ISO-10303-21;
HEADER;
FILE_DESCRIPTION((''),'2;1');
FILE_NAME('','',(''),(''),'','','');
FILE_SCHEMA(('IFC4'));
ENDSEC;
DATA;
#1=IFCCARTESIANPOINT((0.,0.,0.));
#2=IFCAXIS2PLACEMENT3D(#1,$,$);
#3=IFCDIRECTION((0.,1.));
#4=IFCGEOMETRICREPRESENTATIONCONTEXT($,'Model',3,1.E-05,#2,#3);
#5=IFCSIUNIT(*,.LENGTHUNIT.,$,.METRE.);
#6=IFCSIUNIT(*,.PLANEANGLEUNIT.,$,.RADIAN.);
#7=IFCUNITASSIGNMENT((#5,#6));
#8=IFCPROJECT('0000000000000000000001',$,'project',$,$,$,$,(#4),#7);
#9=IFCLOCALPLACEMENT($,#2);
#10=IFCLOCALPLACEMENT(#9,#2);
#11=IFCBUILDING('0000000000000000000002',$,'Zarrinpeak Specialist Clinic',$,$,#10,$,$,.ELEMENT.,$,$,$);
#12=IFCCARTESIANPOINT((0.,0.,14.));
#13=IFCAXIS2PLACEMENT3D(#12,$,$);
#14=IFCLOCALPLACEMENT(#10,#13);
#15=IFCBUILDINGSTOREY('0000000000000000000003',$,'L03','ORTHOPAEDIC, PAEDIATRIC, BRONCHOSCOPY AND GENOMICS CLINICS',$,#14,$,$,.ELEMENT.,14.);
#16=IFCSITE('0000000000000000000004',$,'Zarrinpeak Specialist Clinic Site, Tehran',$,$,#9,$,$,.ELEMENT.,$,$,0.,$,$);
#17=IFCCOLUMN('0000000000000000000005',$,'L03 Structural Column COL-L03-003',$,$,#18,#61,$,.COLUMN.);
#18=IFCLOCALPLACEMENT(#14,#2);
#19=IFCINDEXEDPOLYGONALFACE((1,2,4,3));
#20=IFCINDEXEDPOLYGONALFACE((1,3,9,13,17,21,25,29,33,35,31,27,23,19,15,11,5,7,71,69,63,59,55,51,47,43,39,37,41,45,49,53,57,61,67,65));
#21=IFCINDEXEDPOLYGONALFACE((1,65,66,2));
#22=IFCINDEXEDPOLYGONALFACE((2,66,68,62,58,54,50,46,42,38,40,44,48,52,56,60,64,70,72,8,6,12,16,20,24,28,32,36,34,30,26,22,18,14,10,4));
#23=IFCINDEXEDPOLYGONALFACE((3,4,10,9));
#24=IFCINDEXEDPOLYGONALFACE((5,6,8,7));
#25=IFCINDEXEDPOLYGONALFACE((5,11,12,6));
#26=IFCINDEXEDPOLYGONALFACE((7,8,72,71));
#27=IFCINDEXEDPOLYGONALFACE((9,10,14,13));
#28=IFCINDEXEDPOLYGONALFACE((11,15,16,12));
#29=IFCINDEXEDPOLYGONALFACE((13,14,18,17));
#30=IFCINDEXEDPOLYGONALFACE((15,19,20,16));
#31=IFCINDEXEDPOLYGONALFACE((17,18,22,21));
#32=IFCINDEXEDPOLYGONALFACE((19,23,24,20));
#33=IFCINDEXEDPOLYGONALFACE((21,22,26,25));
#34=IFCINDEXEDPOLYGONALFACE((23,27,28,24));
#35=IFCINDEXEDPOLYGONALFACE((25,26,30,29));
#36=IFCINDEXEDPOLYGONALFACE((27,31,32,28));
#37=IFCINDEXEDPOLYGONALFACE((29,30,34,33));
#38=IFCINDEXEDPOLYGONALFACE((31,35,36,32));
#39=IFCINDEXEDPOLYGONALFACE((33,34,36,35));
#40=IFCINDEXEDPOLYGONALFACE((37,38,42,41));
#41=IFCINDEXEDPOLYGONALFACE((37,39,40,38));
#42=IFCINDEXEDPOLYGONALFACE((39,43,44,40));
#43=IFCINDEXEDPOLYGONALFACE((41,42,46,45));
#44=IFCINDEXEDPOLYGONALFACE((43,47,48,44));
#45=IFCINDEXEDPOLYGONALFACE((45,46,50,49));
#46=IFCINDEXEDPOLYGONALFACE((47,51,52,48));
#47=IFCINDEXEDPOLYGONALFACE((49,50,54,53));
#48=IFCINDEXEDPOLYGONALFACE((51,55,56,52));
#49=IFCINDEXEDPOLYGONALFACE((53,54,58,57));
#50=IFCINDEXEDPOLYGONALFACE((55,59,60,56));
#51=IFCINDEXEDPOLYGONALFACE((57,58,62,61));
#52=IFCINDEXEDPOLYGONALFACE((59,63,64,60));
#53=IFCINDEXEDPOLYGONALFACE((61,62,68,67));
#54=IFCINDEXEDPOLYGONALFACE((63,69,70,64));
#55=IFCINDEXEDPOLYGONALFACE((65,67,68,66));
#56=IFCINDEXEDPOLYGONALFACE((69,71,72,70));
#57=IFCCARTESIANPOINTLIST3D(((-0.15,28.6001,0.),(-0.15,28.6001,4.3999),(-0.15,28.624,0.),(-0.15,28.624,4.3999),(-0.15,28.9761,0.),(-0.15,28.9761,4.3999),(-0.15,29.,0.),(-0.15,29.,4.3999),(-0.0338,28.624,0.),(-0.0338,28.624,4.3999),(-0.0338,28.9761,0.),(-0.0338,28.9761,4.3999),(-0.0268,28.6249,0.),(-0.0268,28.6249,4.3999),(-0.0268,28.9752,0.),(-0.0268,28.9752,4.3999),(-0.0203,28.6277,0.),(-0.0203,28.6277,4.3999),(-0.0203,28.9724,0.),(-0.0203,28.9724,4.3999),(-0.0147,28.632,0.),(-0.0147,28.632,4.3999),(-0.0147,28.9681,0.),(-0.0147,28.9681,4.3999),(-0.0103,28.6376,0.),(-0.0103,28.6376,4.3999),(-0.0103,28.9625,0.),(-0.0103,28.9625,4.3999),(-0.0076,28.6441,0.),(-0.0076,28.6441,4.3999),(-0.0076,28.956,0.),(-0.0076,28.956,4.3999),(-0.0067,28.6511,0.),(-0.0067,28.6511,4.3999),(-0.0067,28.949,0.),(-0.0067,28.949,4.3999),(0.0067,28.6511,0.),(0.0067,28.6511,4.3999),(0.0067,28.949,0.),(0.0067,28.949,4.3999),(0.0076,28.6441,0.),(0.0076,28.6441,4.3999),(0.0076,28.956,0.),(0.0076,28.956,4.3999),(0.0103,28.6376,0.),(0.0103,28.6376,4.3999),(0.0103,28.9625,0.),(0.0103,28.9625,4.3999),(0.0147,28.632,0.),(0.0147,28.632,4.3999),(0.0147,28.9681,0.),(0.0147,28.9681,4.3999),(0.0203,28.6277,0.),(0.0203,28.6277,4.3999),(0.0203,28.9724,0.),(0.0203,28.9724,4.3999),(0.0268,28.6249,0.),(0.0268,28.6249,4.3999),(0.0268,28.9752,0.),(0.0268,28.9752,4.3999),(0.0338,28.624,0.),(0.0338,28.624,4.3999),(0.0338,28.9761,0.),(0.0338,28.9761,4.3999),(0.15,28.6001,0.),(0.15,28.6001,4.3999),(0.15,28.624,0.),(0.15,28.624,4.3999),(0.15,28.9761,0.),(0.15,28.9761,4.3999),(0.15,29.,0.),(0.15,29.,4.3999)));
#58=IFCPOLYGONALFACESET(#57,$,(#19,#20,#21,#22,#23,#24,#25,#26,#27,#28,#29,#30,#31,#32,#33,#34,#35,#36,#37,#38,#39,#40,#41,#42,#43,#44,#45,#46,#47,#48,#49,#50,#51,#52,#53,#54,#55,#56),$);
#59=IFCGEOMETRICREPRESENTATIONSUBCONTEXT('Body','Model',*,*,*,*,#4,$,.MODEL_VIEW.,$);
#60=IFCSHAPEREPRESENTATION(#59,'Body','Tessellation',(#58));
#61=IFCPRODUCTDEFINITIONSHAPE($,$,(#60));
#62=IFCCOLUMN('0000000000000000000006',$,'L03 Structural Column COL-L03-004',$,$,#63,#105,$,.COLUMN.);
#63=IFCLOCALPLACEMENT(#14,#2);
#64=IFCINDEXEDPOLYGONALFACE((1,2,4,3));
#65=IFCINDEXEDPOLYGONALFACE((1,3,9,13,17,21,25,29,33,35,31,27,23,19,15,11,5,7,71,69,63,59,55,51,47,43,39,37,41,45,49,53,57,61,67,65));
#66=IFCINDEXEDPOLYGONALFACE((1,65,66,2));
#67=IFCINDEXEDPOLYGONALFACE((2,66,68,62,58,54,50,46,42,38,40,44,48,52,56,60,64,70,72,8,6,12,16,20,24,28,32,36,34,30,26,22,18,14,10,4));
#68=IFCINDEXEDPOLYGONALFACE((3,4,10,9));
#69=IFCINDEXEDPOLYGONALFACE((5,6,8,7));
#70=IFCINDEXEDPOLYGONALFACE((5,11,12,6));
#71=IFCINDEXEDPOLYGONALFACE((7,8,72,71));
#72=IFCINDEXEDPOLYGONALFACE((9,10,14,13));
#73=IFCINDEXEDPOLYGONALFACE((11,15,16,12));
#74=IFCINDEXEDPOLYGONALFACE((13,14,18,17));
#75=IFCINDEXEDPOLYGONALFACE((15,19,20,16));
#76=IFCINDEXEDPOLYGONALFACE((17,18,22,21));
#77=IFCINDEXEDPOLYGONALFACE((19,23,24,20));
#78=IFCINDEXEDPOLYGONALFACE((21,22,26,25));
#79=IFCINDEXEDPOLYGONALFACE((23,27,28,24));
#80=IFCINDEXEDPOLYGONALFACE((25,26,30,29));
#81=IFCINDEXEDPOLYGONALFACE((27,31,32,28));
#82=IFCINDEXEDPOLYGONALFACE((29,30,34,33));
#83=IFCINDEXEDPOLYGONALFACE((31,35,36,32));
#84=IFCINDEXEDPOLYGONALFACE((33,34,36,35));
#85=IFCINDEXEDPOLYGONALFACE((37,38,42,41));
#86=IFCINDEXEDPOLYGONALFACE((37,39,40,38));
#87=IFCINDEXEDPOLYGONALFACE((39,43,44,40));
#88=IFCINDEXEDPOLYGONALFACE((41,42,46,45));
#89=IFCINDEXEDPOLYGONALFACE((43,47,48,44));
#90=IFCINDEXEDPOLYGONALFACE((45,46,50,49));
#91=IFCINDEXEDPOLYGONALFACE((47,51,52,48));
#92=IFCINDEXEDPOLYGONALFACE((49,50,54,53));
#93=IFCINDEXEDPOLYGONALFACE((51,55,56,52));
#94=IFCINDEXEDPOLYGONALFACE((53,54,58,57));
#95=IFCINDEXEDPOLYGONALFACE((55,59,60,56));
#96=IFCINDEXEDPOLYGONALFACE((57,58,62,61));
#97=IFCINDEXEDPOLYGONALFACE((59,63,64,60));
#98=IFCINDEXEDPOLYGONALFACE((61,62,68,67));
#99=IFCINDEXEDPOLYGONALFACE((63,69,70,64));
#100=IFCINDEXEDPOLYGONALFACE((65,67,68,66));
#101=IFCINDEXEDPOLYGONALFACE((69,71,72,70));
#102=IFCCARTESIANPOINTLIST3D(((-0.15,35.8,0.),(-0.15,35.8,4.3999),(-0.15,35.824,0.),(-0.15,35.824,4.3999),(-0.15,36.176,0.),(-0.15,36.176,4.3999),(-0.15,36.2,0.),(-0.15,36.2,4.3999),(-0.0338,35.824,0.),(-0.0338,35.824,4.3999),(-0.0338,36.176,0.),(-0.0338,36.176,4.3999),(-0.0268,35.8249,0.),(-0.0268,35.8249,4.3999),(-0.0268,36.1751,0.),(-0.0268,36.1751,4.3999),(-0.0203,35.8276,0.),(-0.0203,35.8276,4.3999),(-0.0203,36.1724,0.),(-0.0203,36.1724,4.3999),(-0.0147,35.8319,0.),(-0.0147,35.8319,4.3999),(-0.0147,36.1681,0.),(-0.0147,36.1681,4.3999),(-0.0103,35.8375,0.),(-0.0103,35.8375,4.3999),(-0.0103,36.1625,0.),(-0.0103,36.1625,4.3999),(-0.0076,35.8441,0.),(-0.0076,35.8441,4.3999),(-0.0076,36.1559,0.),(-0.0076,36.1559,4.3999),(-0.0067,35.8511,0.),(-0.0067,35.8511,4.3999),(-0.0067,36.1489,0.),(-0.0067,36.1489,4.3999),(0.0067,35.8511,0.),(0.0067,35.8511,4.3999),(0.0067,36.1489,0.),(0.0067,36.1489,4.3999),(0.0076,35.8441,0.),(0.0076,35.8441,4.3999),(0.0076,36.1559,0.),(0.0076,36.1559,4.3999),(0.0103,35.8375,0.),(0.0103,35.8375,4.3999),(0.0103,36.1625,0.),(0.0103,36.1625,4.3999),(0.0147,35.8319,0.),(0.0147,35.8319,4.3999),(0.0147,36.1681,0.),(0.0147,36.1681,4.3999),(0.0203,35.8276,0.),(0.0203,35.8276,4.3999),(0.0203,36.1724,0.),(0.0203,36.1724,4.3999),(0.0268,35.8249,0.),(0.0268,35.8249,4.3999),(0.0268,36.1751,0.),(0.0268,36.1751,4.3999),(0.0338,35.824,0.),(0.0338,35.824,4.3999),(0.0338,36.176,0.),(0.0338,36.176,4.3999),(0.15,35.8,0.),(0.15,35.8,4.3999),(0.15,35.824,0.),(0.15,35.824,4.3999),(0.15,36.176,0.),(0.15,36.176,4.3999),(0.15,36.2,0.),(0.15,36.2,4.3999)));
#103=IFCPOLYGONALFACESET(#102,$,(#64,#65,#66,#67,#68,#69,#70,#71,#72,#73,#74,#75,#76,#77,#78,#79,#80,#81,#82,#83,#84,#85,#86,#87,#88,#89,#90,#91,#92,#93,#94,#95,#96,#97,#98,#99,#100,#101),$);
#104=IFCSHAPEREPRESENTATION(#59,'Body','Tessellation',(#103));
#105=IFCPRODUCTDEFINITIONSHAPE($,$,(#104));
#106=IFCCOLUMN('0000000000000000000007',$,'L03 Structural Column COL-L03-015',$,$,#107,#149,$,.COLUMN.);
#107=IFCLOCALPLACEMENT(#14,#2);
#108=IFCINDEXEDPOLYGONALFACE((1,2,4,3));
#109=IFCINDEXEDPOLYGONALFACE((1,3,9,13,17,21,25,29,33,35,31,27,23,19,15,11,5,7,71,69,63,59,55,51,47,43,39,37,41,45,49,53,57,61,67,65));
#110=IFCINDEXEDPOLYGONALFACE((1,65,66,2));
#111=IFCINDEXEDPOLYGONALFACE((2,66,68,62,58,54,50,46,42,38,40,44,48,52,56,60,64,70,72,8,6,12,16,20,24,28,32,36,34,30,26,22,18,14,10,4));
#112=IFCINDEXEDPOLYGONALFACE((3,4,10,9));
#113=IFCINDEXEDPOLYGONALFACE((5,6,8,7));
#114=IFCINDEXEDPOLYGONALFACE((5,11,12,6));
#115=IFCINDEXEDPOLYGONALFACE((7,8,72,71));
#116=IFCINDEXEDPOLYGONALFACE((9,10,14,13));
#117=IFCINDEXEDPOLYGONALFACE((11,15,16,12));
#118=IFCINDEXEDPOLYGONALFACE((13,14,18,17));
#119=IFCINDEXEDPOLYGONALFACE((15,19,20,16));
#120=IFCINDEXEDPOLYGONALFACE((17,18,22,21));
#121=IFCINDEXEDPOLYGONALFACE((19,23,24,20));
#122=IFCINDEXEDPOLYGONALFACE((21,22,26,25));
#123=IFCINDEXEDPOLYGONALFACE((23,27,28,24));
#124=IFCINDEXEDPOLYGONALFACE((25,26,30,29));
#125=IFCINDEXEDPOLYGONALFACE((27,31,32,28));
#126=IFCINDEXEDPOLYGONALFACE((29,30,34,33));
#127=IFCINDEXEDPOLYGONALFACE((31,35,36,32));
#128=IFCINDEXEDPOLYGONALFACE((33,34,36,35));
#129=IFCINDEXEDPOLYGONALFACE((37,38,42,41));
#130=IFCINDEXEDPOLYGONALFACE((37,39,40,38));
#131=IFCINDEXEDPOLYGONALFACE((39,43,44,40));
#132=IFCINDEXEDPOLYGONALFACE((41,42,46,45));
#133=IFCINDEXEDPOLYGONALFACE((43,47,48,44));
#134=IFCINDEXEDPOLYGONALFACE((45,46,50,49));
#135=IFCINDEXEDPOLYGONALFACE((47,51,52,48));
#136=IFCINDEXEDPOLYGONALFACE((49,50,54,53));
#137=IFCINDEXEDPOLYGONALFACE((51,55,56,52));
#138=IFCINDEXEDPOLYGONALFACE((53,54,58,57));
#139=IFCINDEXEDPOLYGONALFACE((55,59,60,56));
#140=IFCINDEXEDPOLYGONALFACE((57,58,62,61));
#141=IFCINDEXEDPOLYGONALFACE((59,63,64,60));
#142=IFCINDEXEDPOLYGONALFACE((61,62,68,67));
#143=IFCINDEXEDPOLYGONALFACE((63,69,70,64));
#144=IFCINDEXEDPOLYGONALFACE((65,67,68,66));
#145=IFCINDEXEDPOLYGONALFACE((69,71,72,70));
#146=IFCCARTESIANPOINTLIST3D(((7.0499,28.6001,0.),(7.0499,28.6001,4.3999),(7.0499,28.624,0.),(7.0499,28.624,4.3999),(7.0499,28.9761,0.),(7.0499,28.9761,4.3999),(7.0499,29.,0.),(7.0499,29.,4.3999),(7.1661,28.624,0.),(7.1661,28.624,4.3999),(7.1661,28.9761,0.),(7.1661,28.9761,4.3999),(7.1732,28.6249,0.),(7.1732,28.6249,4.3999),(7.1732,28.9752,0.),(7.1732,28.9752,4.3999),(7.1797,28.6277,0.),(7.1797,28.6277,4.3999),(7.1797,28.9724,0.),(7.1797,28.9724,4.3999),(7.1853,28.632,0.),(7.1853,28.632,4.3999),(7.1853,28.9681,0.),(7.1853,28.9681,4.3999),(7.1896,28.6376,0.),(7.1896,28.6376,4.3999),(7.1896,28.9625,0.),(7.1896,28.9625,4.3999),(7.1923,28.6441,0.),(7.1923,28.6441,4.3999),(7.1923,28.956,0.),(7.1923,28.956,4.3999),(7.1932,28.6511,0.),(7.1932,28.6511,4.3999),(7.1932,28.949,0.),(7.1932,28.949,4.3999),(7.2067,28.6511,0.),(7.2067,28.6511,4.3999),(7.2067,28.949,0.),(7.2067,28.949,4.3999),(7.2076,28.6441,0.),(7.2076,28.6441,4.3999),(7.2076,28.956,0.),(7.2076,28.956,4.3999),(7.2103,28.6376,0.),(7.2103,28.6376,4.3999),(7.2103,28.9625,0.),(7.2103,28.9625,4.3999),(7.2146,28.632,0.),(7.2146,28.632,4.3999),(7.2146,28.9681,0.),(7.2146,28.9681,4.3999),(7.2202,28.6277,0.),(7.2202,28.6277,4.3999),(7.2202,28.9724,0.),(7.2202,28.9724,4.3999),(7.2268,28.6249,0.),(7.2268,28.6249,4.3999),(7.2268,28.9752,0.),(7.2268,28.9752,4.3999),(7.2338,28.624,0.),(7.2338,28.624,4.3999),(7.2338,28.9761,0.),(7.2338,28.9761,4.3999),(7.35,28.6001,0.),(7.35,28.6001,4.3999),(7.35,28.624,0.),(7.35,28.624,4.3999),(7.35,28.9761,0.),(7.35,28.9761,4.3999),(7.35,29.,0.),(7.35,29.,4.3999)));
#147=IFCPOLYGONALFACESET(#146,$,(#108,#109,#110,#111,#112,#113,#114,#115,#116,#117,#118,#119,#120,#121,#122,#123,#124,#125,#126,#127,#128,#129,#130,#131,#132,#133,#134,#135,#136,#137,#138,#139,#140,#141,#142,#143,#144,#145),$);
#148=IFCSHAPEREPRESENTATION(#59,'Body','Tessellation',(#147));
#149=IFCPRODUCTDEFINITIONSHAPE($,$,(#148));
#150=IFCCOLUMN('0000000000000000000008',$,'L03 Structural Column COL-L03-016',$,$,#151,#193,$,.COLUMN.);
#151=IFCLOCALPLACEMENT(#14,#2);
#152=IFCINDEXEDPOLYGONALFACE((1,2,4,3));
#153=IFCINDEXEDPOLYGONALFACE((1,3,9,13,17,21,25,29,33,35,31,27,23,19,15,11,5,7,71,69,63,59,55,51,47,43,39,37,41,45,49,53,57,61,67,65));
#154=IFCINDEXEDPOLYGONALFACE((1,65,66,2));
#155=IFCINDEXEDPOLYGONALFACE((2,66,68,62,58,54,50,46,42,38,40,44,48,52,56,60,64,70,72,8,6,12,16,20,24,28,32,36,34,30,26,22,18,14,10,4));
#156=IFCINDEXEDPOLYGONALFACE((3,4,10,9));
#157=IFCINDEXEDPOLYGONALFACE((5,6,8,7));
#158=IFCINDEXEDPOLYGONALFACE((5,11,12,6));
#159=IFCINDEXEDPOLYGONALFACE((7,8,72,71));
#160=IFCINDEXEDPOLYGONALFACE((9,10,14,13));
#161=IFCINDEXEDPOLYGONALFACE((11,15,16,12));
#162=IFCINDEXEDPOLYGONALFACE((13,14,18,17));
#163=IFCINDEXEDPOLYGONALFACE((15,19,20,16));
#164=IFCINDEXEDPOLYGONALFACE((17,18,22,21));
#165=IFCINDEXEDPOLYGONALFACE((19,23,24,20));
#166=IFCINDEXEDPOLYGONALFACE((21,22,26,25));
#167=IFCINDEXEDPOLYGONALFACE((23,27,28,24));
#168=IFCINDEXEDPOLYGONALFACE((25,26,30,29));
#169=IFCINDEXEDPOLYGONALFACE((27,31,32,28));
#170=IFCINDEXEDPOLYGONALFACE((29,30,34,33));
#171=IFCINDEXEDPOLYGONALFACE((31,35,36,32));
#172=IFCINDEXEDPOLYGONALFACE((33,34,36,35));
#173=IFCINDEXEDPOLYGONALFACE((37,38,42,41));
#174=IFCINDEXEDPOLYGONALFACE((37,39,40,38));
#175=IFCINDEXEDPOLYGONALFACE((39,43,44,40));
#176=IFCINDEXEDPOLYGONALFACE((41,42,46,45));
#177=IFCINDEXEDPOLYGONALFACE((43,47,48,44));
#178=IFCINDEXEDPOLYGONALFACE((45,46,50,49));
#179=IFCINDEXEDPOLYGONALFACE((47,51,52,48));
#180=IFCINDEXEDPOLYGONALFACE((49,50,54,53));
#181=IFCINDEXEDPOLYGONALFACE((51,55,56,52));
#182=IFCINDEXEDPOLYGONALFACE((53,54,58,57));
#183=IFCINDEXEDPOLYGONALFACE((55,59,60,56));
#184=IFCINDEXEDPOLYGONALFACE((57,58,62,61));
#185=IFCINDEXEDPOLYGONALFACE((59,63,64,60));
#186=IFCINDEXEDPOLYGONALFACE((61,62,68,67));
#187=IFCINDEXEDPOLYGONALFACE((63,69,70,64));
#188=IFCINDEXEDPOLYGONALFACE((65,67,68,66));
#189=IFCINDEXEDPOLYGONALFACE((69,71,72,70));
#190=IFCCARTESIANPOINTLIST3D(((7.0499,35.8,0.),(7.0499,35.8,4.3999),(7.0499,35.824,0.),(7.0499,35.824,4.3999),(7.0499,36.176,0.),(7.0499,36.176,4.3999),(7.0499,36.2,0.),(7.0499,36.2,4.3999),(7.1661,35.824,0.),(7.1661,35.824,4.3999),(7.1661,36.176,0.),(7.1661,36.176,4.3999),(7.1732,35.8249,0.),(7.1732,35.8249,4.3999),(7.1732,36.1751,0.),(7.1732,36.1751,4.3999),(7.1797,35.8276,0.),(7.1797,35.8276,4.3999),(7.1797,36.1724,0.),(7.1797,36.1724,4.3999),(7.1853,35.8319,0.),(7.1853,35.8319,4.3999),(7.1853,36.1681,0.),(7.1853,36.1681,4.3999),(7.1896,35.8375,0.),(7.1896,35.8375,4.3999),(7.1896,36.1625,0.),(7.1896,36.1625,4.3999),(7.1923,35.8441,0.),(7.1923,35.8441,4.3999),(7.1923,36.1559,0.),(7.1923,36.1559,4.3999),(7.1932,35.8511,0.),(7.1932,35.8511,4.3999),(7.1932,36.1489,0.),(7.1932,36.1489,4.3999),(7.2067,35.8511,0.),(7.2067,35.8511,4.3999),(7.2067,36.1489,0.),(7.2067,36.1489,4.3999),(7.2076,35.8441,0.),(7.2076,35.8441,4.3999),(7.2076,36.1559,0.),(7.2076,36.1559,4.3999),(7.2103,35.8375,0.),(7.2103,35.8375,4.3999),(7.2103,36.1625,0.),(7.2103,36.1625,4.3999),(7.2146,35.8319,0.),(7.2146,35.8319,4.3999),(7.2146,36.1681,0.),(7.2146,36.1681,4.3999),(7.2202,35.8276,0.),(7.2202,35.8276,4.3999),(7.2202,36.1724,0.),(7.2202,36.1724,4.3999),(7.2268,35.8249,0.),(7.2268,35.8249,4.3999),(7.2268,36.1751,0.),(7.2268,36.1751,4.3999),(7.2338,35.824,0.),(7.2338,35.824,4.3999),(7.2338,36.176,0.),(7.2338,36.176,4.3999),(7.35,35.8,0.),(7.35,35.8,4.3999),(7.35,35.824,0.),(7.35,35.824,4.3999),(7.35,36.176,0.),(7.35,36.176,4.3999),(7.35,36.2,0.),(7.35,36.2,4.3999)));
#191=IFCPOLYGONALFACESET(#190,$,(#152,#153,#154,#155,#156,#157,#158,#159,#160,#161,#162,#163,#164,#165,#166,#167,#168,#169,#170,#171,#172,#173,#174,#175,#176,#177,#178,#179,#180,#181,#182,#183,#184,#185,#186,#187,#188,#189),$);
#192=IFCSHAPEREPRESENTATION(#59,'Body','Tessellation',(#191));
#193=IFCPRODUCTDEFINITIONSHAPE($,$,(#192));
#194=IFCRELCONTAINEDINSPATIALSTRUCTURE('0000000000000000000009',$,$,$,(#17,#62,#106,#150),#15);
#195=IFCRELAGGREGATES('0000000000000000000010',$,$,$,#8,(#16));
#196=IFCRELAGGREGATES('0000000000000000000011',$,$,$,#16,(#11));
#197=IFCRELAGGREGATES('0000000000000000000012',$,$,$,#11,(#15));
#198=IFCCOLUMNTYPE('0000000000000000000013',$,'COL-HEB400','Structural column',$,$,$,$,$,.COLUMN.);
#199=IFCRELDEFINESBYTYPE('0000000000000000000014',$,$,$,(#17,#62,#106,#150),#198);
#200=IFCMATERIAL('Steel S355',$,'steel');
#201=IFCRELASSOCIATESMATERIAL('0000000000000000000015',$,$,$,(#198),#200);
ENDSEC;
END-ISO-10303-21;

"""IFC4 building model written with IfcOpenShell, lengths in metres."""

from ifc_helpers import new_model, si_unit, direction, frame, origin, origin_2d, place, context, subcontext, project, spatial, i_section, extrude, material, material_profile, profile_set, type_object, element, save


model = new_model("IFC4")

# Units and contexts
model_context = context("Model", 3, precision=1e-05, world=origin(), true_north=direction((0.0, 1.0)))
body_context = subcontext(model_context, "Body", "Model", "MODEL_VIEW")
ifc_project = project(units=[si_unit("LENGTHUNIT", "METRE"), si_unit("PLANEANGLEUNIT", "RADIAN")], contexts=[model_context])

# Site, building, storey
site_placement = place(None, origin())
site = spatial("IfcSite", under=ifc_project, at=site_placement, Name="Zarrinpeak Specialist Clinic Site, Tehran", CompositionType="ELEMENT", RefElevation=0.0)
building_placement = place(site_placement, origin())
building = spatial("IfcBuilding", under=site, at=building_placement, Name="Zarrinpeak Specialist Clinic", CompositionType="ELEMENT")
storey_placement = place(building_placement, frame((0.0, 0.0, 14.0)))
storey = spatial("IfcBuildingStorey", under=building, at=storey_placement, Name="L03", Description="ORTHOPAEDIC, PAEDIATRIC, BRONCHOSCOPY AND GENOMICS CLINICS", CompositionType="ELEMENT", Elevation=14.0)

# Columns
ifc_material_1 = material(Name="Steel S355", Category="steel")
ifc_material_profile_1 = material_profile(ifc_material_1, i_section(OverallWidth=0.3, OverallDepth=0.3999, WebThickness=0.0134, FlangeThickness=0.0239, FilletRadius=0.0271, at=origin_2d()), Name="HEB 400")
ifc_profile_set_1 = profile_set([ifc_material_profile_1], Name="Steel S355")
column_type = type_object("IfcColumnType", Name="COL-HEB400", Description="Structural column", PredefinedType="COLUMN", material=ifc_profile_set_1)
for number, where, z_axis, x_axis, name in (
    (1, (0.0, 28.8, 0.0), (0.0, 0.0, 1.0), (1.0, 0.0, 0.0), "L03 Structural Column COL-L03-003"),
    (2, (0.0, 36.0, 0.0), (0.0, 0.0, 1.0), (1.0, 0.0, 0.0), "L03 Structural Column COL-L03-004"),
    (3, (7.2, 28.8, 0.0), (0.0, 0.0, 1.0), (1.0, 0.0, 0.0), "L03 Structural Column COL-L03-015"),
    (4, (7.2, 36.0, 0.0), (0.0, 0.0, 1.0), (1.0, 0.0, 0.0), "L03 Structural Column COL-L03-016"),
):
    element("IfcColumn", number, at=place(storey_placement, frame(where, z_axis=z_axis, x_axis=x_axis)), inside=storey, type_object=column_type, Name=name, PredefinedType="COLUMN", context=body_context, shape_type="SweptSolid", body=[
        extrude(i_section(OverallWidth=0.3, OverallDepth=0.3999, WebThickness=0.0134, FlangeThickness=0.0239, FilletRadius=0.0271, at=origin_2d()), origin(), (0.0, 0.0, 1.0), 4.3999),
    ])

save(model, "model.ifc")
